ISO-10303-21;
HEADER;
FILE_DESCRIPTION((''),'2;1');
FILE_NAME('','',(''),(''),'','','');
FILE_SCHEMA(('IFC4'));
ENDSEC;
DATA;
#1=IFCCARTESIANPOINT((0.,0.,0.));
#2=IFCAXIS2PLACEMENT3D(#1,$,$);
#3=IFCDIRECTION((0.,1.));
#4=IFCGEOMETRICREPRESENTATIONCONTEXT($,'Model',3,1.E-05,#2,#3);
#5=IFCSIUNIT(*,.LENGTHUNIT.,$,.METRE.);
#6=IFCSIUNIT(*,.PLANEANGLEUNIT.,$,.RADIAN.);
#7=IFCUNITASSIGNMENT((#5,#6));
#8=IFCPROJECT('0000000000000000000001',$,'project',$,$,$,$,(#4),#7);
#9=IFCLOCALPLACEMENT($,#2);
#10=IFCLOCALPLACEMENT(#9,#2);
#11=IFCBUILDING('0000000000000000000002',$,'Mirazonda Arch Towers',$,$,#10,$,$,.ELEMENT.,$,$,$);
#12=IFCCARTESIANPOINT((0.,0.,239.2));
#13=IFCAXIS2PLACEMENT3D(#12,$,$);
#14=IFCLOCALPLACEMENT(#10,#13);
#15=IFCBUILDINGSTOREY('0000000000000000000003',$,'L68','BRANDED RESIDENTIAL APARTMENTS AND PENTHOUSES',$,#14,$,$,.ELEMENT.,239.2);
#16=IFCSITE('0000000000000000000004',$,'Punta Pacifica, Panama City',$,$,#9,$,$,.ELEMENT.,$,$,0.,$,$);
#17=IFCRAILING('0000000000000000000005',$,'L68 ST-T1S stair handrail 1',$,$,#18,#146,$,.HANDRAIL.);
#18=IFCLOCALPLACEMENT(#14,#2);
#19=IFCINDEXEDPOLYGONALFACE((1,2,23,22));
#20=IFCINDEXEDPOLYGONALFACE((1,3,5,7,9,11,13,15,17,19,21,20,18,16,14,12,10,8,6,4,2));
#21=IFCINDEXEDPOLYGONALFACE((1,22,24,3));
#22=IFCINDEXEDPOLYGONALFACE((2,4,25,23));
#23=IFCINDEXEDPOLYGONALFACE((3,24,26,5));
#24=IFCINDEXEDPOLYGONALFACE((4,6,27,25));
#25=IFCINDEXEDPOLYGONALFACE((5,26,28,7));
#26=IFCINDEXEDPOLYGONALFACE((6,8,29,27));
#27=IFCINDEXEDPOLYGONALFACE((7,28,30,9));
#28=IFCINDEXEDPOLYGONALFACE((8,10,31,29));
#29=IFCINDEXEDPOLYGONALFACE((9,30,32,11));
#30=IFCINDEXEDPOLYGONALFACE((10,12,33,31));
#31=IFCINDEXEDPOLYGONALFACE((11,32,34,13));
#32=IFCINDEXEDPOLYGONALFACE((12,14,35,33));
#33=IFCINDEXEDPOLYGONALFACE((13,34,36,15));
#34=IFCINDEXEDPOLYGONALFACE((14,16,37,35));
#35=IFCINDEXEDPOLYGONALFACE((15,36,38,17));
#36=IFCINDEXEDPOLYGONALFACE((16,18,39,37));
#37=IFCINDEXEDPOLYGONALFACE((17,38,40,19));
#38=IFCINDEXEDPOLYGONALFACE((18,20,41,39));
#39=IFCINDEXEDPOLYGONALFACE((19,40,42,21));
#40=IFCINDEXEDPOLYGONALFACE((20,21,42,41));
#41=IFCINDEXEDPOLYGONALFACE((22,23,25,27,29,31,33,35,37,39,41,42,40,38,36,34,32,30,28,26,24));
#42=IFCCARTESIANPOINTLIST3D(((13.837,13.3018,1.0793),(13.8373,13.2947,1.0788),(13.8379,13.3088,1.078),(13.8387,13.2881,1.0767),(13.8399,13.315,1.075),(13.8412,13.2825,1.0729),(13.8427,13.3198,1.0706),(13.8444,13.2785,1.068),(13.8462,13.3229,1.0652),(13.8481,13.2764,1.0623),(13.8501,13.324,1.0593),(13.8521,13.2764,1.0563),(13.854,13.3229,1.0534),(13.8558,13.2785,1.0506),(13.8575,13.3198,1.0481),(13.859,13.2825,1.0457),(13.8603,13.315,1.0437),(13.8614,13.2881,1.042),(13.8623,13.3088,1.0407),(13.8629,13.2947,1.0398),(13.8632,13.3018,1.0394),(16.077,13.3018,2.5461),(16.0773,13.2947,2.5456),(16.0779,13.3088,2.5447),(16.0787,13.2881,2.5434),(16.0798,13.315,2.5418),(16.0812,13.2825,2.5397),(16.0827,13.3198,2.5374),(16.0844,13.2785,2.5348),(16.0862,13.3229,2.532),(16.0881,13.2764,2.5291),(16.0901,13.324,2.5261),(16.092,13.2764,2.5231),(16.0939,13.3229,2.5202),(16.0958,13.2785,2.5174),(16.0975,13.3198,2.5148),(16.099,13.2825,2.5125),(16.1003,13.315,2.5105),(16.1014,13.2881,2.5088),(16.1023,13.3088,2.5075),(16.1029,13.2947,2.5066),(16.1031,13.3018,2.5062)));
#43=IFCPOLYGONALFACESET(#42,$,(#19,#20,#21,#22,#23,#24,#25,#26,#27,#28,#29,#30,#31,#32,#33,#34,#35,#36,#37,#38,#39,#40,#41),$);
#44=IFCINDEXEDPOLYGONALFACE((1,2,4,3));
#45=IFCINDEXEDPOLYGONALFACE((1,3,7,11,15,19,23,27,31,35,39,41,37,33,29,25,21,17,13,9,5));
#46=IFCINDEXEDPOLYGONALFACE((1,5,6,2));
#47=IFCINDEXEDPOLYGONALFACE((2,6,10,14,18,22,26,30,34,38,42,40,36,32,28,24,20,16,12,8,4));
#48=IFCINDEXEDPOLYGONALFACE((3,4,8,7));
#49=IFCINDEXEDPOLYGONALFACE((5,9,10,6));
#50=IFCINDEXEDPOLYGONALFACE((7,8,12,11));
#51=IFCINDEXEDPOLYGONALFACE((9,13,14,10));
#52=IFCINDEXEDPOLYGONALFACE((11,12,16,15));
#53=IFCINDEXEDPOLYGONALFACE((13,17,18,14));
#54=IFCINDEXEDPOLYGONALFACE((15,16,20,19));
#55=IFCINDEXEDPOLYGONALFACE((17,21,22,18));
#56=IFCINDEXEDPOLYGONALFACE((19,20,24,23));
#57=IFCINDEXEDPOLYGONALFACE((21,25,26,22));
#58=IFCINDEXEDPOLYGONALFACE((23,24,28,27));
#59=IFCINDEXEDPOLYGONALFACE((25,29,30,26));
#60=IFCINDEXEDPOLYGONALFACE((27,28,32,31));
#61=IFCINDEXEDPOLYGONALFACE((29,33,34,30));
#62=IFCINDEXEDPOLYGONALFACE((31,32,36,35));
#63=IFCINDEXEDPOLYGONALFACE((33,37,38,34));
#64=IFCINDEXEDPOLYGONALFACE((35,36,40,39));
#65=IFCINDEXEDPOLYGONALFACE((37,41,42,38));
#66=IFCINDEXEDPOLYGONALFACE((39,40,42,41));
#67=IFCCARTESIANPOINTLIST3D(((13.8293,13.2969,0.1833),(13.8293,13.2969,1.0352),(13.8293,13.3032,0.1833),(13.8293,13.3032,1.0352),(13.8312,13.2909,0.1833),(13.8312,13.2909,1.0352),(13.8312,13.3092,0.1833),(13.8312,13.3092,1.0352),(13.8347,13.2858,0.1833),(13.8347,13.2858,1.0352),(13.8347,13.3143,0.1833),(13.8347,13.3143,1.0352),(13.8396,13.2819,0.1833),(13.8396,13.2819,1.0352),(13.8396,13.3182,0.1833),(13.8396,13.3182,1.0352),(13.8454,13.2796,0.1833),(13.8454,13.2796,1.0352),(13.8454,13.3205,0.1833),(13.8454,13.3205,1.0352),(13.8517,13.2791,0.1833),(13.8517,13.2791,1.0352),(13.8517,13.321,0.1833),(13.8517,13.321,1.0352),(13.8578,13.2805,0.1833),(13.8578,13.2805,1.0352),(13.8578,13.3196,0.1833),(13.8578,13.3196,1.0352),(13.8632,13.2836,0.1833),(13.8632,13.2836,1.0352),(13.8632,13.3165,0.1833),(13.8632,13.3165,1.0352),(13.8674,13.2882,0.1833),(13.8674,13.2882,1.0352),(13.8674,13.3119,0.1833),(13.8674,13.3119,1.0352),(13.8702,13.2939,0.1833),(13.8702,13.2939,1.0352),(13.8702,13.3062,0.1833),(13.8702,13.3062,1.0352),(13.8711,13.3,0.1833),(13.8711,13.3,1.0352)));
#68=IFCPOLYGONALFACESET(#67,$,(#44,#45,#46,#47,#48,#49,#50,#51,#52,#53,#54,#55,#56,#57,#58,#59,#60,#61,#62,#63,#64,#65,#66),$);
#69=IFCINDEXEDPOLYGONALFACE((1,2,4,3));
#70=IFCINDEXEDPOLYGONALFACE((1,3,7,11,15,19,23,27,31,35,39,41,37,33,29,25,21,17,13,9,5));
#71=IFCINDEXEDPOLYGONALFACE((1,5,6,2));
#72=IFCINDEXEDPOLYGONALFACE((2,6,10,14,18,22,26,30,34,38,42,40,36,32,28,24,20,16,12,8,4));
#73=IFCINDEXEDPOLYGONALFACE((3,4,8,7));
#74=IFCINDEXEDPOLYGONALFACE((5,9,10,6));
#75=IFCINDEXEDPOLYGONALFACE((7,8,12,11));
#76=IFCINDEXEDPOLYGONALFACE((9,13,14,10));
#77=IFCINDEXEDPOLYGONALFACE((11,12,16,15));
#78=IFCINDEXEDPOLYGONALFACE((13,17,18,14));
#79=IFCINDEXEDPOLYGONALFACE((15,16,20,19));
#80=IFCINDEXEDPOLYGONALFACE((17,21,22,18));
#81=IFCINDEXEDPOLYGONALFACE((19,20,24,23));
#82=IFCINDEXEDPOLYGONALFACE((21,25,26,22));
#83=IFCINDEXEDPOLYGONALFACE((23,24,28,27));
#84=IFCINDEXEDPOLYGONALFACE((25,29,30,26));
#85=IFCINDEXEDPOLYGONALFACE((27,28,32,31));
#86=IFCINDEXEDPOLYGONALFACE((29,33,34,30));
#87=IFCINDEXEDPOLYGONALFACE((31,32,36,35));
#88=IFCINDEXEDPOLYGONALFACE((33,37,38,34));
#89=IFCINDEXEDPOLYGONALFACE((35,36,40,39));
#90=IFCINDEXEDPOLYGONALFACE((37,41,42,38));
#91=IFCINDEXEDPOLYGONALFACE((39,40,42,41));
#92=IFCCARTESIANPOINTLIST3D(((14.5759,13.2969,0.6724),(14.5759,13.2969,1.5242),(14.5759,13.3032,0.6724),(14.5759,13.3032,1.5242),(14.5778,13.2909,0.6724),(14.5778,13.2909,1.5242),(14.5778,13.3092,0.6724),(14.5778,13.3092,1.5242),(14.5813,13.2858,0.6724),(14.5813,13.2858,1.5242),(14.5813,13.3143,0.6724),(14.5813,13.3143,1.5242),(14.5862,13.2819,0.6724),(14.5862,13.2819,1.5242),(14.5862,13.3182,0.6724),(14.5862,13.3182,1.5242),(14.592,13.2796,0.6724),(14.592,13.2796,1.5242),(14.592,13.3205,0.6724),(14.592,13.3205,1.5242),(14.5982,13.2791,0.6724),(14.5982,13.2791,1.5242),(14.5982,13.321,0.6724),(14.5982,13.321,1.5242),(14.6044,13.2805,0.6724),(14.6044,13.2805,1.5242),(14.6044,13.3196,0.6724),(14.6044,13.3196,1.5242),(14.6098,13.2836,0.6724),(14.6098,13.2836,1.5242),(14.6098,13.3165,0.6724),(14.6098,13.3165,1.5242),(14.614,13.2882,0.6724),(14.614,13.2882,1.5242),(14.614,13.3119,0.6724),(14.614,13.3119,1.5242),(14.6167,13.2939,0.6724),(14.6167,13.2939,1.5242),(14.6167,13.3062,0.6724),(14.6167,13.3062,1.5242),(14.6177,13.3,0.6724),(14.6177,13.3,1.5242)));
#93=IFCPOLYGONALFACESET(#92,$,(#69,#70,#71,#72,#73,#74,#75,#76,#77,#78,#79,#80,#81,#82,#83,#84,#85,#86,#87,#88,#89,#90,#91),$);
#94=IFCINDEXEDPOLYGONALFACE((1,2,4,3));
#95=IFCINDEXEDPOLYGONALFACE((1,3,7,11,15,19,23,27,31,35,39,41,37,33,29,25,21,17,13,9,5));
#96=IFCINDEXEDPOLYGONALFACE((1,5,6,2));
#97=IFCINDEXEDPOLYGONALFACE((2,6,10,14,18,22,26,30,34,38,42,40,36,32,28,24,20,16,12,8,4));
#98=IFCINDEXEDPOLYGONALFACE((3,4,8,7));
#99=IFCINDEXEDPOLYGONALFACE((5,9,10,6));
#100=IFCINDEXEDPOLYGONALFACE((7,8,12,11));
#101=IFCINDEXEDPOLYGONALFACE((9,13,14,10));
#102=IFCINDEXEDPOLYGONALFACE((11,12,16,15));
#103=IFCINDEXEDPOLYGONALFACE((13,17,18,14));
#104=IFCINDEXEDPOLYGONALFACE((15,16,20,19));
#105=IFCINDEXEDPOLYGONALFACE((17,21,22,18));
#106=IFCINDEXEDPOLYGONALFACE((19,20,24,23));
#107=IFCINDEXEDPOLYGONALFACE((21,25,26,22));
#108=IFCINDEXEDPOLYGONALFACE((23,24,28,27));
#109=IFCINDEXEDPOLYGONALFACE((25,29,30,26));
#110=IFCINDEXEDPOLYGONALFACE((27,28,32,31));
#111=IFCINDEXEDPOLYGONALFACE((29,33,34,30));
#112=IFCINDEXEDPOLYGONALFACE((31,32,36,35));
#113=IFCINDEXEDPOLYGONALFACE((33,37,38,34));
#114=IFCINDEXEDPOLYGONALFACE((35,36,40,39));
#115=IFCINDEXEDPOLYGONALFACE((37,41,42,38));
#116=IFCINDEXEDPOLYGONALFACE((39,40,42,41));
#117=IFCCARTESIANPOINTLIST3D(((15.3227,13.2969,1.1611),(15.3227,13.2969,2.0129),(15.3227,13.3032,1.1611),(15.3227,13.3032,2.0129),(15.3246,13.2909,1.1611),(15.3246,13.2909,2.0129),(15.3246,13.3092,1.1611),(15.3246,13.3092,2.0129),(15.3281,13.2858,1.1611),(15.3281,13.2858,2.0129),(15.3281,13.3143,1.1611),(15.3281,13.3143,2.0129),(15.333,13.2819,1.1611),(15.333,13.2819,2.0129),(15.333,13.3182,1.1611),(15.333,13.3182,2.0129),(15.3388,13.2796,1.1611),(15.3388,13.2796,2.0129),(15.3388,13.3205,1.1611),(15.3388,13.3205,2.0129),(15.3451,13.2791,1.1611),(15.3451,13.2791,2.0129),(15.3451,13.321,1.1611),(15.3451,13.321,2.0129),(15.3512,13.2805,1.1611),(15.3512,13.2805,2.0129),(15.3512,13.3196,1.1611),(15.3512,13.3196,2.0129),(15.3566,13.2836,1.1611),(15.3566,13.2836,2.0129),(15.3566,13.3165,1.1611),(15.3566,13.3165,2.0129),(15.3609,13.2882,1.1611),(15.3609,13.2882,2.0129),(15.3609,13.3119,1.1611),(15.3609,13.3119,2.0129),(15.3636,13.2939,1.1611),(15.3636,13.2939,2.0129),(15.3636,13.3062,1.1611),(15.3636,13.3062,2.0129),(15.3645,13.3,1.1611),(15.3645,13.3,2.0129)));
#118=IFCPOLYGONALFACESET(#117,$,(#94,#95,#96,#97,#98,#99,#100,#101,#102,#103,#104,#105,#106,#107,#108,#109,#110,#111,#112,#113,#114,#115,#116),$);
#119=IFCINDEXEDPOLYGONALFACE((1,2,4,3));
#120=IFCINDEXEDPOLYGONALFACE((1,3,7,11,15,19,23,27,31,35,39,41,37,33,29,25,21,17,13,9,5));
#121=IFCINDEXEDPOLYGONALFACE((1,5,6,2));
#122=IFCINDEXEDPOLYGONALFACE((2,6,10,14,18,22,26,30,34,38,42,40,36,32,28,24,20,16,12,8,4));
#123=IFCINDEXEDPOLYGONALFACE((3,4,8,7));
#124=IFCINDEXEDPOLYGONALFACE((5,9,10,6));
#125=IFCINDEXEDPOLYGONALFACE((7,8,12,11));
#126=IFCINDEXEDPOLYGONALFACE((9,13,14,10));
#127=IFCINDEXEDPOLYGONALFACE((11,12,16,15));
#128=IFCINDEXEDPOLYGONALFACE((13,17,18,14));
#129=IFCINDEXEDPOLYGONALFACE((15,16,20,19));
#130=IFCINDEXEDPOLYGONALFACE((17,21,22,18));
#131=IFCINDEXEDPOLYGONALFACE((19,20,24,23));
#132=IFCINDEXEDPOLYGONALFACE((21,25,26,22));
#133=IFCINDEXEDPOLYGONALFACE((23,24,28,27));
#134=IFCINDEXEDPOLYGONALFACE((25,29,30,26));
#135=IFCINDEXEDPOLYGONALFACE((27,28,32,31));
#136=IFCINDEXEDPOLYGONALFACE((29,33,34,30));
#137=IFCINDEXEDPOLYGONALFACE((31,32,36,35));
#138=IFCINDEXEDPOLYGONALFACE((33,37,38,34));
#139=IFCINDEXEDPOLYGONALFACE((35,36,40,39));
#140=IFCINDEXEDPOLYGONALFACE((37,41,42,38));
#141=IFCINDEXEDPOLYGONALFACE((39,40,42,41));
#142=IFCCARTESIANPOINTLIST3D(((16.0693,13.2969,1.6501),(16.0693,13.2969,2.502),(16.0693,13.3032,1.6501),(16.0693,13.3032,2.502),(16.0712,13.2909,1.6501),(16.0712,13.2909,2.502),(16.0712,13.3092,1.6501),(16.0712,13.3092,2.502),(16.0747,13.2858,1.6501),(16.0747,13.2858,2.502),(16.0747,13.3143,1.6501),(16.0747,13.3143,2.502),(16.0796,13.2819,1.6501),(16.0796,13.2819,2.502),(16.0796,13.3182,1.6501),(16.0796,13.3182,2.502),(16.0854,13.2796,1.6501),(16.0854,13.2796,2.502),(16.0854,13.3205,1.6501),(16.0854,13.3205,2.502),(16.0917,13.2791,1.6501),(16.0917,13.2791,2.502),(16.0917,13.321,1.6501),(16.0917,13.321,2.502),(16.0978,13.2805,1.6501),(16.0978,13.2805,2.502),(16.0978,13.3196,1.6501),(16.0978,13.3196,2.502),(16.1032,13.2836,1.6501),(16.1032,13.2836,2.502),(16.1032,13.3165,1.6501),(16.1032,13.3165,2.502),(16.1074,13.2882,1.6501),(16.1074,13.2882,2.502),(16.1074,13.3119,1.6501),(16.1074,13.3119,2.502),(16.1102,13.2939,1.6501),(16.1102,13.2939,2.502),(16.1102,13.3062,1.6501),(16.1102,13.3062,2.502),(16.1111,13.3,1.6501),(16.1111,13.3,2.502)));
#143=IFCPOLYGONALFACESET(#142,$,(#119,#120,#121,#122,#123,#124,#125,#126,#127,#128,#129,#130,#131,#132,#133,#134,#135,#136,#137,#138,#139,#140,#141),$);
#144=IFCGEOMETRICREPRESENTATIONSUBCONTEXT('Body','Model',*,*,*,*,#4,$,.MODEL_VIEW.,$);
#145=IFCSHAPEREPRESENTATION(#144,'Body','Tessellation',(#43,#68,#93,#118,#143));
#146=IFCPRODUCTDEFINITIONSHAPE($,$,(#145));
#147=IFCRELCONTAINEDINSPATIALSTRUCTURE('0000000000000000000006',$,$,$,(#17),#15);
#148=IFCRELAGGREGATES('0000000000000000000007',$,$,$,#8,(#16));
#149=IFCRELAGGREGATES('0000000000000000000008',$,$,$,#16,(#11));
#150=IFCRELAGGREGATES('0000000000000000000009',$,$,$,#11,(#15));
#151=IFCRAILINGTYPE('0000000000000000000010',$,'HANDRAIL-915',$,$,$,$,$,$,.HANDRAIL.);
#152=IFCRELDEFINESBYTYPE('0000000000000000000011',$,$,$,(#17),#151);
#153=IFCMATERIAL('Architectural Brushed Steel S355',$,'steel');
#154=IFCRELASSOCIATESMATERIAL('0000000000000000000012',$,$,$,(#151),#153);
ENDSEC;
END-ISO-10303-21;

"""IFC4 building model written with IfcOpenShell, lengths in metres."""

from ifc_helpers import new_model, si_unit, direction, frame, origin, origin_2d, place, context, subcontext, project, spatial, circle, extrude, material, type_object, element, save


model = new_model("IFC4")

# Units and contexts
model_context = context("Model", 3, precision=1e-05, world=origin(), true_north=direction((0.0, 1.0)))
body_context = subcontext(model_context, "Body", "Model", "MODEL_VIEW")
ifc_project = project(units=[si_unit("LENGTHUNIT", "METRE"), si_unit("PLANEANGLEUNIT", "RADIAN")], contexts=[model_context])

# Site, building, storey
site_placement = place(None, origin())
site = spatial("IfcSite", under=ifc_project, at=site_placement, Name="Punta Pacifica, Panama City", CompositionType="ELEMENT", RefElevation=0.0)
building_placement = place(site_placement, origin())
building = spatial("IfcBuilding", under=site, at=building_placement, Name="Mirazonda Arch Towers", CompositionType="ELEMENT")
storey_placement = place(building_placement, frame((0.0, 0.0, 239.2)))
storey = spatial("IfcBuildingStorey", under=building, at=storey_placement, Name="L68", Description="BRANDED RESIDENTIAL APARTMENTS AND PENTHOUSES", CompositionType="ELEMENT", Elevation=239.2)

# Railing
ifc_material_1 = material(Name="Architectural Brushed Steel S355", Category="steel")
railing_type_1 = type_object("IfcRailingType", Name="HANDRAIL-915", PredefinedType="HANDRAIL", material=ifc_material_1)
railing_1_placement = place(storey_placement, frame((13.8501, 13.3, 0.1833)))
element("IfcRailing", 1, at=railing_1_placement, inside=storey, type_object=railing_type_1, Name="L68 ST-T1S stair handrail 1", PredefinedType="HANDRAIL", context=body_context, shape_type="SweptSolid", body=[
    extrude(circle(Radius=0.0239, at=origin_2d()), frame((0.0, 0.0, 0.876), z_axis=(0.836595, 0.0, 0.547822), x_axis=(0.0, 1.0, 0.0)), (0.0, 0.0, 1.0), 2.6775),
    extrude(circle(Radius=0.021, at=origin_2d()), origin(), (0.0, 0.0, 1.0), 0.8518),
    extrude(circle(Radius=0.021, at=origin_2d()), frame((0.7466, 0.0, 0.489)), (0.0, 0.0, 1.0), 0.8518),
    extrude(circle(Radius=0.021, at=origin_2d()), frame((1.4934, 0.0, 0.9778)), (0.0, 0.0, 1.0), 0.8518),
    extrude(circle(Radius=0.021, at=origin_2d()), frame((2.24, 0.0, 1.4668)), (0.0, 0.0, 1.0), 0.8518),
])

save(model, "model.ifc")
